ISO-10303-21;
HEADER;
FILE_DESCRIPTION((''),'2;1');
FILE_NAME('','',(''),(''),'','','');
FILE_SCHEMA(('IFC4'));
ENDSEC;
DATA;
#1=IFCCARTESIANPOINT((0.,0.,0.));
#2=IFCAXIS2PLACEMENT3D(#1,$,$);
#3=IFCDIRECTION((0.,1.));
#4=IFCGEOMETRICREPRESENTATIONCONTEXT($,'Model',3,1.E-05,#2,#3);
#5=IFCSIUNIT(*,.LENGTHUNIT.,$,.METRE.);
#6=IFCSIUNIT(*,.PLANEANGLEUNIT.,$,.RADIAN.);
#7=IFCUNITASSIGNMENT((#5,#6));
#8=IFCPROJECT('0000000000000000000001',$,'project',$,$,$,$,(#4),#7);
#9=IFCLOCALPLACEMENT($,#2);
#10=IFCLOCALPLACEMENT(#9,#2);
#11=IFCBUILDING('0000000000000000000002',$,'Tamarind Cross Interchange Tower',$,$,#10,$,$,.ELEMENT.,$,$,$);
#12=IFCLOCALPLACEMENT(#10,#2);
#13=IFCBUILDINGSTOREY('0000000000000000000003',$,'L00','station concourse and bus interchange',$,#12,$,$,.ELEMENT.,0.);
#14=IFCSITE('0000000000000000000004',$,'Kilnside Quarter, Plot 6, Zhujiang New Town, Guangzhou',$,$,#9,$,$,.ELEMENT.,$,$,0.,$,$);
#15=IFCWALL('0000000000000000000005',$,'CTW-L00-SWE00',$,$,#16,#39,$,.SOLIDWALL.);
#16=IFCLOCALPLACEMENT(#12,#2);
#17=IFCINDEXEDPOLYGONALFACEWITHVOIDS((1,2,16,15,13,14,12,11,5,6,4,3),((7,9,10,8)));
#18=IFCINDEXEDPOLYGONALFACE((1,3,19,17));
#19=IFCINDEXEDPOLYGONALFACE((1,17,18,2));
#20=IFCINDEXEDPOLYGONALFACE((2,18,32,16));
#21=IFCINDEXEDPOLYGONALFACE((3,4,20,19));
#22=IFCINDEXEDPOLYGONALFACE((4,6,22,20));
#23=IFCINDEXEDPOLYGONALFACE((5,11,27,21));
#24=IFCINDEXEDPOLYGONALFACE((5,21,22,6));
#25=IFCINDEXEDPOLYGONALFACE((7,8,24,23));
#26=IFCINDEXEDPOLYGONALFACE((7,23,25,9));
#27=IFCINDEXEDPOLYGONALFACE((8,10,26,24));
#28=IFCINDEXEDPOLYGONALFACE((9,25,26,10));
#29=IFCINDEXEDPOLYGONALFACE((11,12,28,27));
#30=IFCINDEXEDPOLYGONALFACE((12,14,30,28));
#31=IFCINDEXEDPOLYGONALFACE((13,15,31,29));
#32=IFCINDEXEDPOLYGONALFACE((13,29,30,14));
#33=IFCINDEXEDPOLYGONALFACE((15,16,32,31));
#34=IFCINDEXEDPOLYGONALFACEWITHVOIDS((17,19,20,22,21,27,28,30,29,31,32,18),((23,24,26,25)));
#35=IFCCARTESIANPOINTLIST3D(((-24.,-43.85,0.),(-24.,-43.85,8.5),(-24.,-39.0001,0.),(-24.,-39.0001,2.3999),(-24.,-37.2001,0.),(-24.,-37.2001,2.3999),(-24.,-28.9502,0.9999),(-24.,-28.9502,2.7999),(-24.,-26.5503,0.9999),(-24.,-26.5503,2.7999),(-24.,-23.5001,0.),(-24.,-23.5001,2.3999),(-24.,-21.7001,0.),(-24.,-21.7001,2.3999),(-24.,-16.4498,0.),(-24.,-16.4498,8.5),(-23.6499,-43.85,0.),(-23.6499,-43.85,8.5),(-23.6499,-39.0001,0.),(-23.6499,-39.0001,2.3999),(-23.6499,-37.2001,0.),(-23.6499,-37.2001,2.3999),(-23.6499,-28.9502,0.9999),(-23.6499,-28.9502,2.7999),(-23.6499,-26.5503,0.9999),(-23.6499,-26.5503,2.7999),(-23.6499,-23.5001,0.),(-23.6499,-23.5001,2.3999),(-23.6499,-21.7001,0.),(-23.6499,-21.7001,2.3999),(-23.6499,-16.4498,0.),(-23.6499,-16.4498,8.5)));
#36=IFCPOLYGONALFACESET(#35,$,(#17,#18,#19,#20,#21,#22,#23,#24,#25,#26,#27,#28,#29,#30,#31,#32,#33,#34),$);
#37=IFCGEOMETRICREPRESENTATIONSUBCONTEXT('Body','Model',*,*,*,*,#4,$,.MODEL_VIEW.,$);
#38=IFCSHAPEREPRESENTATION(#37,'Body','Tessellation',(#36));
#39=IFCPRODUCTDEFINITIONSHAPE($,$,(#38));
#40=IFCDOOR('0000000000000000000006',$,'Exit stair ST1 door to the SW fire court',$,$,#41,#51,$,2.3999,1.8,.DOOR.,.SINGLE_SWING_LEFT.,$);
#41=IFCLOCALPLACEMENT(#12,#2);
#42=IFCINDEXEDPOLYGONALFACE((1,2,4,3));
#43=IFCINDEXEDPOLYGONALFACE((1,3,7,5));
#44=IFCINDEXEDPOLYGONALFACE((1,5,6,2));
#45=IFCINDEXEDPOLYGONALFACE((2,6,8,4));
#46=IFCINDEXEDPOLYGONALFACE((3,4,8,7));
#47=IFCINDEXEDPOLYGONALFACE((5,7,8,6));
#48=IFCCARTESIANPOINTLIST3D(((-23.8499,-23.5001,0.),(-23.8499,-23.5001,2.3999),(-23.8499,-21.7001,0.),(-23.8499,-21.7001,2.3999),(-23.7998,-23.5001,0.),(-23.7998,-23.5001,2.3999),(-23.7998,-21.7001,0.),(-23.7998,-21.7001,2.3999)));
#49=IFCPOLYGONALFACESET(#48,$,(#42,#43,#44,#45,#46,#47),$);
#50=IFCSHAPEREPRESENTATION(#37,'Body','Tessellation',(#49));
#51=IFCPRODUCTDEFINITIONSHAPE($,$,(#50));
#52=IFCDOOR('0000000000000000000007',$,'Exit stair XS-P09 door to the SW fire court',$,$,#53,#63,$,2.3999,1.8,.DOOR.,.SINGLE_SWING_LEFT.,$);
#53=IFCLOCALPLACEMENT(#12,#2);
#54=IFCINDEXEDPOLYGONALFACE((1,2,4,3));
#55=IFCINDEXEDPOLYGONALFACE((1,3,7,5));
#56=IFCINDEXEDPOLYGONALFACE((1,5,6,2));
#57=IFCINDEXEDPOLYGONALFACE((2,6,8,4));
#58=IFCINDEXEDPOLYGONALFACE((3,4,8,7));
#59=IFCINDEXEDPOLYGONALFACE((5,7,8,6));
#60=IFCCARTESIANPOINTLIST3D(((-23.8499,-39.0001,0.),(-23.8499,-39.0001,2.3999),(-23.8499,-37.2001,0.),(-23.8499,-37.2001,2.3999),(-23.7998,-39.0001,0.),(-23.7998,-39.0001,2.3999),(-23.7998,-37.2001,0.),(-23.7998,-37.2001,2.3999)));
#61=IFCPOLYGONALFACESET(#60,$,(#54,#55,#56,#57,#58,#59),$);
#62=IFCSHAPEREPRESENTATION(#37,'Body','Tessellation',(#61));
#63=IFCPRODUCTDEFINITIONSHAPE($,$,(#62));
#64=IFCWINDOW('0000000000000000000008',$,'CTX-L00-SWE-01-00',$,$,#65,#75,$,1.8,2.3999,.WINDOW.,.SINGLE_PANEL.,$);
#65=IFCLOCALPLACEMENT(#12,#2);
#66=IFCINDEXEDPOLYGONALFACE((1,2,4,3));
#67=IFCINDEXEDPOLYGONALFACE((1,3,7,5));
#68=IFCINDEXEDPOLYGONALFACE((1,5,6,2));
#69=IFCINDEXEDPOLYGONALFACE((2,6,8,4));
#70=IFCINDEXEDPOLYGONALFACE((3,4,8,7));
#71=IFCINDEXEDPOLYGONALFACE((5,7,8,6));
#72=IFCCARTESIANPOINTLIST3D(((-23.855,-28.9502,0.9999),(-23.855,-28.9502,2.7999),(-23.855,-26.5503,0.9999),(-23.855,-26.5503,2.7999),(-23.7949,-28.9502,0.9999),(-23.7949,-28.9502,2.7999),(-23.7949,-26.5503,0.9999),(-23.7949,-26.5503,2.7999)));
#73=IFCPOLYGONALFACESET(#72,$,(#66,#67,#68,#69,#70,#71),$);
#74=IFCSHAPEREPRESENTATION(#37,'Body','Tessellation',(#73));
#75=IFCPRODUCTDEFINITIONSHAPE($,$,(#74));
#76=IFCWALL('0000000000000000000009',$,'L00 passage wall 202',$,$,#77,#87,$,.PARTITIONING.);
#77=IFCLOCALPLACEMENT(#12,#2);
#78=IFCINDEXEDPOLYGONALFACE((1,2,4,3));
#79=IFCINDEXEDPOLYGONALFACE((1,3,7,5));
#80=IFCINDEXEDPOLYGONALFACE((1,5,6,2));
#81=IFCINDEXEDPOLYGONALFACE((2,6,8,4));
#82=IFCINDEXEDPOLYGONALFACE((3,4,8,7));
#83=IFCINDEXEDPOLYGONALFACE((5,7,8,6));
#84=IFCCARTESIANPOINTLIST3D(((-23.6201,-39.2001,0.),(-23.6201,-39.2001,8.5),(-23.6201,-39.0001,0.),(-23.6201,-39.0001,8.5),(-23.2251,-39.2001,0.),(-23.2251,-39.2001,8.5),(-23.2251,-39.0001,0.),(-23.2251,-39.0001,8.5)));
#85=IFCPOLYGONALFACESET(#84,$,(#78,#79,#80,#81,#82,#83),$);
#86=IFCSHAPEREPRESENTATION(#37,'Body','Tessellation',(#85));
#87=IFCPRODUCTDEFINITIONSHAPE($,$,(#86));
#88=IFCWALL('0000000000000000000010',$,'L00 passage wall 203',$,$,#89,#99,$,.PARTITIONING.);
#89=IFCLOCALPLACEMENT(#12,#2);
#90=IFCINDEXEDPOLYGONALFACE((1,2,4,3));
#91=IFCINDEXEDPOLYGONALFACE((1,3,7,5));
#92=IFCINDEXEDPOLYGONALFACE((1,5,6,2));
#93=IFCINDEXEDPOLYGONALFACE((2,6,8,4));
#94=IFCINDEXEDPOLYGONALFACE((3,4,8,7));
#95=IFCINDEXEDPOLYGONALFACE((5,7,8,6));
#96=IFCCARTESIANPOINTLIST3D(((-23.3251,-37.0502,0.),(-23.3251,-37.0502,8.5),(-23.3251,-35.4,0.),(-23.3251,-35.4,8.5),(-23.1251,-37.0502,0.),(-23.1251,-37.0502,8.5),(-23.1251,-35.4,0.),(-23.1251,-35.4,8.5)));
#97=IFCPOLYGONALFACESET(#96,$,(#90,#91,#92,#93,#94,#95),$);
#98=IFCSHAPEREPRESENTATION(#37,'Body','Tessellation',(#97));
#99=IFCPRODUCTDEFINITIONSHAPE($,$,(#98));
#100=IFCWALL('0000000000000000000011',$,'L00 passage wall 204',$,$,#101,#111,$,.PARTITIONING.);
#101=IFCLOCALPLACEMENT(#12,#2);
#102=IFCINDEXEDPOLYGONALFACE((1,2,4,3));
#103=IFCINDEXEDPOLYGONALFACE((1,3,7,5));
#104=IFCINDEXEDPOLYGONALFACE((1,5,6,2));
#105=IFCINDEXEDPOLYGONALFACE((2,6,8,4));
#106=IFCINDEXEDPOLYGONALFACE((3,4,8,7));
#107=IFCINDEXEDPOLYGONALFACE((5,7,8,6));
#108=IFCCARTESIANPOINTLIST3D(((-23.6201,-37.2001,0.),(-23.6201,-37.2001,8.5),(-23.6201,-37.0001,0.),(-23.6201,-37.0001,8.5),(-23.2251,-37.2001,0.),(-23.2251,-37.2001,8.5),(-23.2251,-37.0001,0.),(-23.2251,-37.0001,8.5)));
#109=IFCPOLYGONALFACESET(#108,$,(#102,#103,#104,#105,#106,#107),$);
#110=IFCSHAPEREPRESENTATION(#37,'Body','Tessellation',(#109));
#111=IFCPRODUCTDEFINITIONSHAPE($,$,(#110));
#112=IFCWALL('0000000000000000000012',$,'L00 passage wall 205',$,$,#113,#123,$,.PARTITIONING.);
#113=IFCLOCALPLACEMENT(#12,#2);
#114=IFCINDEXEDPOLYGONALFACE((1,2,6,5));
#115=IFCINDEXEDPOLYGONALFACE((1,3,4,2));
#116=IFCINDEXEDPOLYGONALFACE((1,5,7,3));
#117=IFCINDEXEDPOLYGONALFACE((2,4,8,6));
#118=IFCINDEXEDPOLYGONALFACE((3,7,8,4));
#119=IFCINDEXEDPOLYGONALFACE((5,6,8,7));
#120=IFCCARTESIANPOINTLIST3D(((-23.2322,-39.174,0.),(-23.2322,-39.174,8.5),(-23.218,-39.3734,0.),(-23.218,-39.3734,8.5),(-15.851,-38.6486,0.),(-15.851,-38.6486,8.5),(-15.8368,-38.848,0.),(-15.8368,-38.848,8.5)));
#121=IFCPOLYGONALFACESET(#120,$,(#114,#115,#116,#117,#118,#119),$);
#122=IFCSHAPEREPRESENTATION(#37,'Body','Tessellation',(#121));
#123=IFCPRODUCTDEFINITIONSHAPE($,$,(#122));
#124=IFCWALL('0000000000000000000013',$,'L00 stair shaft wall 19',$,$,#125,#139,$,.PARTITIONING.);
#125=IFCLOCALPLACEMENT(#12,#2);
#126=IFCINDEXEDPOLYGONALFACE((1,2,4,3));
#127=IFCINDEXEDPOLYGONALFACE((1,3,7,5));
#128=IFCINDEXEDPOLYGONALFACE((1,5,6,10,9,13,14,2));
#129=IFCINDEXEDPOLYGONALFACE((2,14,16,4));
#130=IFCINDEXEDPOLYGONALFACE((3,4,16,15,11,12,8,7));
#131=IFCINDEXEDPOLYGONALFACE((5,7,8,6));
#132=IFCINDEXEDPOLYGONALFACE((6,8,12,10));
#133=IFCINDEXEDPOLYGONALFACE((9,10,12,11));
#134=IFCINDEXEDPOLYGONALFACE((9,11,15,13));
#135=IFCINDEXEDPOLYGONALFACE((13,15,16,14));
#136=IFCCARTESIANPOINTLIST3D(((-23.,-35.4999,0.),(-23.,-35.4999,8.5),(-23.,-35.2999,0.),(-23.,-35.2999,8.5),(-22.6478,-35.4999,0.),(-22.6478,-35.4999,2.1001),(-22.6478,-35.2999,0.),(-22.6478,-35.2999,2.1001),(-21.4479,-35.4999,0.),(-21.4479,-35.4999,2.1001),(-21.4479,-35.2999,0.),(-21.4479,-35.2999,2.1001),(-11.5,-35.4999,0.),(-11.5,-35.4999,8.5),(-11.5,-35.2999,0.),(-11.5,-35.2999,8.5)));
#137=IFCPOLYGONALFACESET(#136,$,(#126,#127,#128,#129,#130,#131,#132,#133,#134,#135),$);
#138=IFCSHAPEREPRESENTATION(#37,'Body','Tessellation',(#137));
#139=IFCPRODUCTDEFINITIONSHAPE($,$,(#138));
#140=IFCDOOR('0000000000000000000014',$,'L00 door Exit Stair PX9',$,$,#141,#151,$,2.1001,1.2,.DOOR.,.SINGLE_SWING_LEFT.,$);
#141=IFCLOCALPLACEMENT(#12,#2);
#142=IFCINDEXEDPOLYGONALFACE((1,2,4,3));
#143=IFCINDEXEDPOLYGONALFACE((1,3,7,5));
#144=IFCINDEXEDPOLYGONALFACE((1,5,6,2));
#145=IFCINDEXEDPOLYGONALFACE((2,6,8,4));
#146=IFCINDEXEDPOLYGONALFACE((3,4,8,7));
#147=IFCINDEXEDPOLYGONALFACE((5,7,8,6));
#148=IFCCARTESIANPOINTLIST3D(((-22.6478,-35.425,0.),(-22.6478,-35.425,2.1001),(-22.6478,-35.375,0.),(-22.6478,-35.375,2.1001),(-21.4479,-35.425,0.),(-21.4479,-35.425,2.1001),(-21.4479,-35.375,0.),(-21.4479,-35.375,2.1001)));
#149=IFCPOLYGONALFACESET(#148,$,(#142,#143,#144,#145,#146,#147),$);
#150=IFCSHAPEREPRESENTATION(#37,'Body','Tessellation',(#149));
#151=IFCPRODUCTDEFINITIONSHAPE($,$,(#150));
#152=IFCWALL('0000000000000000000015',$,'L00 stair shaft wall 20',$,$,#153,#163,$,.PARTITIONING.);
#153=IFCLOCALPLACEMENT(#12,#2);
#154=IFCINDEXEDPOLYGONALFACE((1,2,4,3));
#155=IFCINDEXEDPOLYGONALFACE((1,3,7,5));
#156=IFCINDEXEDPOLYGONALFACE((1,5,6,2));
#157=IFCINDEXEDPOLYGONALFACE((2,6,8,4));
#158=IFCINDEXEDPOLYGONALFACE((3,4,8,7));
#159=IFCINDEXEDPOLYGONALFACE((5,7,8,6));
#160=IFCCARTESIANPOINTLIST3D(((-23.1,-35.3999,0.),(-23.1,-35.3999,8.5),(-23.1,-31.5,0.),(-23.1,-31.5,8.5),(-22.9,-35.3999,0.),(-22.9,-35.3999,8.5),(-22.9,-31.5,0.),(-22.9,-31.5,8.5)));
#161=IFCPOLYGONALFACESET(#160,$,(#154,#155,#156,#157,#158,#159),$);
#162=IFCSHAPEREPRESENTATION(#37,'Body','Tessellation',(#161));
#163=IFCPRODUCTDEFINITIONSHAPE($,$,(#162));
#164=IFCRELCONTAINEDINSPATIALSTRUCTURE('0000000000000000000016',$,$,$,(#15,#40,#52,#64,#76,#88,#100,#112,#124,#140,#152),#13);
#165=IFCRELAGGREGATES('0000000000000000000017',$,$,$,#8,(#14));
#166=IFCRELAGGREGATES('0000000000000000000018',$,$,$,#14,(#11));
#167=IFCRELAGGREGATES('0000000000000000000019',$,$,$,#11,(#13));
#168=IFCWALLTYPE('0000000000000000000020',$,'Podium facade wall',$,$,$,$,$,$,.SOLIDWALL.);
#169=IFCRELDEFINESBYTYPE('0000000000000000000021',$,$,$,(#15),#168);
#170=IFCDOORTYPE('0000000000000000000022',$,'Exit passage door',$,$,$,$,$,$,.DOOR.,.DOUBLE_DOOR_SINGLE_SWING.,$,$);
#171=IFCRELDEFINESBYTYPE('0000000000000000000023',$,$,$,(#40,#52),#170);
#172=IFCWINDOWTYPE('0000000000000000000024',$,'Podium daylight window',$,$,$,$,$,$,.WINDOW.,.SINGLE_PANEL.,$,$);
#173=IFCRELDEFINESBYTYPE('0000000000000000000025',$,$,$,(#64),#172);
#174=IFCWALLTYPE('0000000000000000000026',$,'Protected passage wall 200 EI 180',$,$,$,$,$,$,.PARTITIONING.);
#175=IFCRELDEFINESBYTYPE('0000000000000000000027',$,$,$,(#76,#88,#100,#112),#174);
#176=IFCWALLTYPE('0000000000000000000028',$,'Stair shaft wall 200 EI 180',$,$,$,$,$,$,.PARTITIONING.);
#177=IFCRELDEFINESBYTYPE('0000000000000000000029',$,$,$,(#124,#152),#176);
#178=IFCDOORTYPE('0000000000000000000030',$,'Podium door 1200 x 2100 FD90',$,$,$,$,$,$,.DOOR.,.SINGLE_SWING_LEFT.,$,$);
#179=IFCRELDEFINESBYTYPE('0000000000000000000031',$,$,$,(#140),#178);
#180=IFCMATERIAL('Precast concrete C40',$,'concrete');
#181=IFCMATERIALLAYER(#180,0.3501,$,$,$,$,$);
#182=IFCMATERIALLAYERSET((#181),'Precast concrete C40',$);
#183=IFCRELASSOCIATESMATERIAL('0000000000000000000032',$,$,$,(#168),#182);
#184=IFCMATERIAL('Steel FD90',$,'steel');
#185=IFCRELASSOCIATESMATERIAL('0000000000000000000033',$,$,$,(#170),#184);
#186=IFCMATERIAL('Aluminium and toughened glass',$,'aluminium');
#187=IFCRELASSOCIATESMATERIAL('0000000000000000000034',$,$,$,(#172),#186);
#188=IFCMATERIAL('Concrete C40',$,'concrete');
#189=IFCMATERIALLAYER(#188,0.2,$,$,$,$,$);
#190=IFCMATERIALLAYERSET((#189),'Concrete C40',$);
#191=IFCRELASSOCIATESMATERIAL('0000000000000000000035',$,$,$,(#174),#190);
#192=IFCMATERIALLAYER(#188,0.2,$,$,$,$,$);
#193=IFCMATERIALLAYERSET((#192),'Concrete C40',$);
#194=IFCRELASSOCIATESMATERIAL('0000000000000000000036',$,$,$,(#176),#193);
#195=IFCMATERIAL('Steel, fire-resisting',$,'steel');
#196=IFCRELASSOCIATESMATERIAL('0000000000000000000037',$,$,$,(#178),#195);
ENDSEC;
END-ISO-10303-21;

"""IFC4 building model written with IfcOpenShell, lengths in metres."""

from ifc_helpers import new_model, si_unit, direction, frame, frame_2d, origin, place, context, subcontext, project, spatial, rectangle, extrude, material, layer, layer_set, type_object, element, fill, save


model = new_model("IFC4")

# Units and contexts
model_context = context("Model", 3, precision=1e-05, world=origin(), true_north=direction((0.0, 1.0)))
body_context = subcontext(model_context, "Body", "Model", "MODEL_VIEW")
ifc_project = project(units=[si_unit("LENGTHUNIT", "METRE"), si_unit("PLANEANGLEUNIT", "RADIAN")], contexts=[model_context])

# Site, building, storey
site_placement = place(None, origin())
site = spatial("IfcSite", under=ifc_project, at=site_placement, Name="Kilnside Quarter, Plot 6, Zhujiang New Town, Guangzhou", CompositionType="ELEMENT", RefElevation=0.0)
building_placement = place(site_placement, origin())
building = spatial("IfcBuilding", under=site, at=building_placement, Name="Tamarind Cross Interchange Tower", CompositionType="ELEMENT")
storey_placement = place(building_placement, origin())
storey = spatial("IfcBuildingStorey", under=building, at=storey_placement, Name="L00", Description="station concourse and bus interchange", CompositionType="ELEMENT", Elevation=0.0)

# Shared definitions
ifc_material_1 = material(Name="Steel, fire-resisting", Category="steel")

# Shared definitions
ifc_material_2 = material(Name="Precast concrete C40", Category="concrete")
ifc_layer_1 = layer(ifc_material_2, 0.3501)
ifc_layer_set_1 = layer_set([ifc_layer_1], Name="Precast concrete C40")
wall_type_1 = type_object("IfcWallType", Name="Podium facade wall", PredefinedType="SOLIDWALL", material=ifc_layer_set_1)

# Wall, openings, doors, window
wall_1_placement = place(storey_placement, frame((-23.825, -43.8501, 0.0), z_axis=(0.0, 0.0, 1.0), x_axis=(0.0, 1.0, 0.0)))
wall_1 = element("IfcWall", 1, at=wall_1_placement, inside=storey, type_object=wall_type_1, Name="CTW-L00-SWE00", PredefinedType="SOLIDWALL", context=body_context, shape_type="SweptSolid", body=[
    extrude(rectangle(XDim=27.4001, YDim=0.3501, at=frame_2d((13.7002, 0.0))), origin(), (0.0, 0.0, 1.0), 8.5),
])
opening_1_placement = place(wall_1_placement, frame((20.3501, 0.0, 0.0)))
opening_1 = element("IfcOpeningElement", 2, at=opening_1_placement, cuts=wall_1, PredefinedType="OPENING", context=body_context, shape_type="SweptSolid", body=[
    extrude(rectangle(XDim=1.8, YDim=2.3999, at=frame_2d((0.8999, 1.2))), frame((0.0, 0.1851, 0.0), z_axis=(0.0, -1.0, 0.0), x_axis=(1.0, 0.0, 0.0)), (0.0, 0.0, 1.0), 0.3701),
])
opening_2_placement = place(wall_1_placement, frame((4.8501, 0.0, 0.0)))
opening_2 = element("IfcOpeningElement", 3, at=opening_2_placement, cuts=wall_1, PredefinedType="OPENING", context=body_context, shape_type="SweptSolid", body=[
    extrude(rectangle(XDim=1.8, YDim=2.3999, at=frame_2d((0.8999, 1.2))), frame((0.0, 0.1851, 0.0), z_axis=(0.0, -1.0, 0.0), x_axis=(1.0, 0.0, 0.0)), (0.0, 0.0, 1.0), 0.3701),
])
opening_3_placement = place(wall_1_placement, frame((14.8999, 0.0, 1.0)))
opening_3 = element("IfcOpeningElement", 4, at=opening_3_placement, cuts=wall_1, PredefinedType="OPENING", context=body_context, shape_type="SweptSolid", body=[
    extrude(rectangle(XDim=2.3999, YDim=1.8, at=frame_2d((1.2, 0.8999))), frame((0.0, 0.1851, 0.0), z_axis=(0.0, -1.0, 0.0), x_axis=(1.0, 0.0, 0.0)), (0.0, 0.0, 1.0), 0.3701),
])
ifc_material_3 = material(Name="Steel FD90", Category="steel")
door_type_1 = type_object("IfcDoorType", Name="Exit passage door", OperationType="DOUBLE_DOOR_SINGLE_SWING", PredefinedType="DOOR", material=ifc_material_3)
door_1_placement = place(opening_1_placement, origin())
door_1 = element("IfcDoor", 5, at=door_1_placement, inside=storey, type_object=door_type_1, Name="Exit stair ST1 door to the SW fire court", OperationType="SINGLE_SWING_LEFT", OverallHeight=2.3999, OverallWidth=1.8, PredefinedType="DOOR", context=body_context, shape_type="SweptSolid", body=[
    extrude(rectangle(XDim=1.8, YDim=2.3999, at=frame_2d((0.8999, 1.2))), frame((0.0, 0.0249, 0.0), z_axis=(0.0, -1.0, 0.0), x_axis=(1.0, 0.0, 0.0)), (0.0, 0.0, 1.0), 0.05),
])
fill(opening_1, door_1)
door_2_placement = place(opening_2_placement, origin())
door_2 = element("IfcDoor", 6, at=door_2_placement, inside=storey, type_object=door_type_1, Name="Exit stair XS-P09 door to the SW fire court", OperationType="SINGLE_SWING_LEFT", OverallHeight=2.3999, OverallWidth=1.8, PredefinedType="DOOR", context=body_context, shape_type="SweptSolid", body=[
    extrude(rectangle(XDim=1.8, YDim=2.3999, at=frame_2d((0.8999, 1.2))), frame((0.0, 0.0249, 0.0), z_axis=(0.0, -1.0, 0.0), x_axis=(1.0, 0.0, 0.0)), (0.0, 0.0, 1.0), 0.05),
])
fill(opening_2, door_2)
ifc_material_4 = material(Name="Aluminium and toughened glass", Category="aluminium")
window_type = type_object("IfcWindowType", Name="Podium daylight window", PartitioningType="SINGLE_PANEL", PredefinedType="WINDOW", material=ifc_material_4)
window_placement = place(opening_3_placement, origin())
window = element("IfcWindow", 7, at=window_placement, inside=storey, type_object=window_type, Name="CTX-L00-SWE-01-00", OverallHeight=1.8, OverallWidth=2.3999, PartitioningType="SINGLE_PANEL", PredefinedType="WINDOW", context=body_context, shape_type="SweptSolid", body=[
    extrude(rectangle(XDim=2.3999, YDim=1.8, at=frame_2d((1.2, 0.8999))), frame((0.0, 0.03, 0.0), z_axis=(0.0, -1.0, 0.0), x_axis=(1.0, 0.0, 0.0)), (0.0, 0.0, 1.0), 0.0601),
])
fill(opening_3, window)

# Walls
ifc_material_5 = material(Name="Concrete C40", Category="concrete")
ifc_layer_2 = layer(ifc_material_5, 0.2)
ifc_layer_set_2 = layer_set([ifc_layer_2], Name="Concrete C40")
wall_type_2 = type_object("IfcWallType", Name="Protected passage wall 200 EI 180", PredefinedType="PARTITIONING", material=ifc_layer_set_2)
wall_2_placement = place(storey_placement, frame((-23.2251, -39.1001, 0.0), z_axis=(0.0, 0.0, 1.0), x_axis=(-1.0, 0.0, 0.0)))
element("IfcWall", 8, at=wall_2_placement, inside=storey, type_object=wall_type_2, Name="L00 passage wall 202", PredefinedType="PARTITIONING", context=body_context, shape_type="SweptSolid", body=[
    extrude(rectangle(XDim=0.395, YDim=0.2, at=frame_2d((0.1975, 0.0))), origin(), (0.0, 0.0, 1.0), 8.5),
])
wall_3_placement = place(storey_placement, frame((-23.2251, -35.3999, 0.0), z_axis=(0.0, 0.0, 1.0), x_axis=(0.0, -1.0, 0.0)))
element("IfcWall", 9, at=wall_3_placement, inside=storey, type_object=wall_type_2, Name="L00 passage wall 203", PredefinedType="PARTITIONING", context=body_context, shape_type="SweptSolid", body=[
    extrude(rectangle(XDim=1.6501, YDim=0.2, at=frame_2d((0.8252, 0.0))), origin(), (0.0, 0.0, 1.0), 8.5),
])
wall_4_placement = place(storey_placement, frame((-23.2251, -37.1001, 0.0), z_axis=(0.0, 0.0, 1.0), x_axis=(-1.0, 0.0, 0.0)))
element("IfcWall", 10, at=wall_4_placement, inside=storey, type_object=wall_type_2, Name="L00 passage wall 204", PredefinedType="PARTITIONING", context=body_context, shape_type="SweptSolid", body=[
    extrude(rectangle(XDim=0.395, YDim=0.2, at=frame_2d((0.1975, 0.0))), origin(), (0.0, 0.0, 1.0), 8.5),
])
wall_5_placement = place(storey_placement, frame((-23.2251, -39.2737, 0.0), z_axis=(0.0, 0.0, 1.0), x_axis=(0.997476, 0.070999, 0.0)))
element("IfcWall", 11, at=wall_5_placement, inside=storey, type_object=wall_type_2, Name="L00 passage wall 205", PredefinedType="PARTITIONING", context=body_context, shape_type="SweptSolid", body=[
    extrude(rectangle(XDim=7.3999, YDim=0.2, at=frame_2d((3.7, 0.0))), origin(), (0.0, 0.0, 1.0), 8.5),
])

# Wall, opening, door
ifc_layer_3 = layer(ifc_material_5, 0.2)
ifc_layer_set_3 = layer_set([ifc_layer_3], Name="Concrete C40")
wall_type_3 = type_object("IfcWallType", Name="Stair shaft wall 200 EI 180", PredefinedType="PARTITIONING", material=ifc_layer_set_3)
wall_6_placement = place(storey_placement, frame((-23.0, -35.3999, 0.0), z_axis=(0.0, 0.0, 1.0), x_axis=(1.0, 0.0, 0.0)))
wall_6 = element("IfcWall", 12, at=wall_6_placement, inside=storey, type_object=wall_type_3, Name="L00 stair shaft wall 19", PredefinedType="PARTITIONING", context=body_context, shape_type="SweptSolid", body=[
    extrude(rectangle(XDim=11.5, YDim=0.2, at=frame_2d((5.75, 0.0))), origin(), (0.0, 0.0, 1.0), 8.5),
])
opening_4_placement = place(wall_6_placement, frame((0.3521, 0.0, 0.0)))
opening_4 = element("IfcOpeningElement", 13, at=opening_4_placement, cuts=wall_6, PredefinedType="OPENING", context=body_context, shape_type="SweptSolid", body=[
    extrude(rectangle(XDim=1.2, YDim=2.1001, at=frame_2d((0.6001, 1.05))), frame((0.0, 0.1099, 0.0), z_axis=(0.0, -1.0, 0.0), x_axis=(1.0, 0.0, 0.0)), (0.0, 0.0, 1.0), 0.22),
])
door_type_2 = type_object("IfcDoorType", Name="Podium door 1200 x 2100 FD90", OperationType="SINGLE_SWING_LEFT", PredefinedType="DOOR", material=ifc_material_1)
door_3_placement = place(opening_4_placement, origin())
door_3 = element("IfcDoor", 14, at=door_3_placement, inside=storey, type_object=door_type_2, Name="L00 door Exit Stair PX9", OperationType="SINGLE_SWING_LEFT", OverallHeight=2.1001, OverallWidth=1.2, PredefinedType="DOOR", context=body_context, shape_type="SweptSolid", body=[
    extrude(rectangle(XDim=1.2, YDim=2.1001, at=frame_2d((0.6001, 1.05))), frame((0.0, 0.0249, 0.0), z_axis=(0.0, -1.0, 0.0), x_axis=(1.0, 0.0, 0.0)), (0.0, 0.0, 1.0), 0.05),
])
fill(opening_4, door_3)

# Wall
wall_7_placement = place(storey_placement, frame((-23.0, -35.3999, 0.0), z_axis=(0.0, 0.0, 1.0), x_axis=(0.0, 1.0, 0.0)))
element("IfcWall", 15, at=wall_7_placement, inside=storey, type_object=wall_type_3, Name="L00 stair shaft wall 20", PredefinedType="PARTITIONING", context=body_context, shape_type="SweptSolid", body=[
    extrude(rectangle(XDim=3.8999, YDim=0.2, at=frame_2d((1.95, 0.0))), origin(), (0.0, 0.0, 1.0), 8.5),
])

save(model, "model.ifc")
